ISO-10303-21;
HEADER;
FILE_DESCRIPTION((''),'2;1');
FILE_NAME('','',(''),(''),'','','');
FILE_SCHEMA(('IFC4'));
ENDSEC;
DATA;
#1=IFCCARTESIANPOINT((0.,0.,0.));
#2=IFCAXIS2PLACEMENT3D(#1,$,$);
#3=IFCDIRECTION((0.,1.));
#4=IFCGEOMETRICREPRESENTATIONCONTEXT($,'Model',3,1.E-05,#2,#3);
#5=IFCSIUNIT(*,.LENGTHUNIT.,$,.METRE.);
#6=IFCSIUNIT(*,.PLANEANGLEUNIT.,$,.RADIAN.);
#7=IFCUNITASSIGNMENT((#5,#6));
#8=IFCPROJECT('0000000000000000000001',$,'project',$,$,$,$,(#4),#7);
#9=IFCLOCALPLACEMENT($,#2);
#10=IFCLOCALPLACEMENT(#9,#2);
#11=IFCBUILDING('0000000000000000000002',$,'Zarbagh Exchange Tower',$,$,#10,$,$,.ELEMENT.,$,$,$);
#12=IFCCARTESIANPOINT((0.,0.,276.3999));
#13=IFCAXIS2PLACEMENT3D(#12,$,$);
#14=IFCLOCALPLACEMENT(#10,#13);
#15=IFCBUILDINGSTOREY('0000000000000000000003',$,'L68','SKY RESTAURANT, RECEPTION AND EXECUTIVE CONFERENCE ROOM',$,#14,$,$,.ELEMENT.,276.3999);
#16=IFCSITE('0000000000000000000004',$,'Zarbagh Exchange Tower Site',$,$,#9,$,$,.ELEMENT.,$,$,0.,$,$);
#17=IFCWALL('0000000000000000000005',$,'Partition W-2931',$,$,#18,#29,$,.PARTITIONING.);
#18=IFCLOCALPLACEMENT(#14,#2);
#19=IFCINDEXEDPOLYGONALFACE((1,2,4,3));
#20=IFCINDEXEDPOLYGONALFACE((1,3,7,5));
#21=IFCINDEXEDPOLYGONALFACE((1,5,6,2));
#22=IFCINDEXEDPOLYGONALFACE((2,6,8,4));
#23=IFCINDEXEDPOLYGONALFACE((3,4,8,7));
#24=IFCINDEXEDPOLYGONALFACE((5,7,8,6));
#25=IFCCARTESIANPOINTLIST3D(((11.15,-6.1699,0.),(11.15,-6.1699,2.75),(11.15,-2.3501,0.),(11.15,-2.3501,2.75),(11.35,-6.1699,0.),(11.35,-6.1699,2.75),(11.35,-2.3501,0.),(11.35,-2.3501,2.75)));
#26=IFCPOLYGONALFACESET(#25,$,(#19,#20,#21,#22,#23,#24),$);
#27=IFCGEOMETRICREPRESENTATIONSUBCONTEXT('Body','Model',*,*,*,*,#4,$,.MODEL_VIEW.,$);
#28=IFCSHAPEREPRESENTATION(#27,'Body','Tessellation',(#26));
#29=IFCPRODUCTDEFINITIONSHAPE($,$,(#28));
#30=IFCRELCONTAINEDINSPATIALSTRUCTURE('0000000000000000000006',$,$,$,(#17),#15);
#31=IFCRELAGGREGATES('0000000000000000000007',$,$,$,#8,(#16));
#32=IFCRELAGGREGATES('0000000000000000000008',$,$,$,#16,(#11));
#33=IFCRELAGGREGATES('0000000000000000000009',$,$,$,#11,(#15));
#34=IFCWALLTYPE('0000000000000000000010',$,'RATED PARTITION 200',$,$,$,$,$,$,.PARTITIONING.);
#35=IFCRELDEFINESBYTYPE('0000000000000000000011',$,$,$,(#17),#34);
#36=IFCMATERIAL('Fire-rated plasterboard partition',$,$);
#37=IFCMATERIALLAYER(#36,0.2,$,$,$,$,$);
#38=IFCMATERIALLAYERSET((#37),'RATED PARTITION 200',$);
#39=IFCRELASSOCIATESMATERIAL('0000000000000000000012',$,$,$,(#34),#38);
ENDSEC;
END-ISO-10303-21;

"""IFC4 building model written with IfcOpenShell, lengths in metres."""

from ifc_helpers import new_model, si_unit, direction, frame, frame_2d, origin, place, context, subcontext, project, spatial, rectangle, extrude, material, layer, layer_set, type_object, element, save


model = new_model("IFC4")

# Units and contexts
model_context = context("Model", 3, precision=1e-05, world=origin(), true_north=direction((0.0, 1.0)))
body_context = subcontext(model_context, "Body", "Model", "MODEL_VIEW")
ifc_project = project(units=[si_unit("LENGTHUNIT", "METRE"), si_unit("PLANEANGLEUNIT", "RADIAN")], contexts=[model_context])

# Site, building, storey
site_placement = place(None, origin())
site = spatial("IfcSite", under=ifc_project, at=site_placement, Name="Zarbagh Exchange Tower Site", CompositionType="ELEMENT", RefElevation=0.0)
building_placement = place(site_placement, origin())
building = spatial("IfcBuilding", under=site, at=building_placement, Name="Zarbagh Exchange Tower", CompositionType="ELEMENT")
storey_placement = place(building_placement, frame((0.0, 0.0, 276.3999)))
storey = spatial("IfcBuildingStorey", under=building, at=storey_placement, Name="L68", Description="SKY RESTAURANT, RECEPTION AND EXECUTIVE CONFERENCE ROOM", CompositionType="ELEMENT", Elevation=276.3999)

# Shared definitions
ifc_material_1 = material(Name="Fire-rated plasterboard partition")
ifc_layer_1 = layer(ifc_material_1, 0.2)
ifc_layer_set_1 = layer_set([ifc_layer_1], Name="RATED PARTITION 200")
wall_type_1 = type_object("IfcWallType", Name="RATED PARTITION 200", PredefinedType="PARTITIONING", material=ifc_layer_set_1)

# Wall
wall_1_placement = place(storey_placement, frame((11.25, -6.1699, 0.0), z_axis=(0.0, 0.0, 1.0), x_axis=(0.0, 1.0, 0.0)))
element("IfcWall", 1, at=wall_1_placement, inside=storey, type_object=wall_type_1, Name="Partition W-2931", PredefinedType="PARTITIONING", context=body_context, shape_type="SweptSolid", body=[
    extrude(rectangle(XDim=3.8198, YDim=0.2, at=frame_2d((1.9099, 0.0))), origin(), (0.0, 0.0, 1.0), 2.75),
])

save(model, "model.ifc")
